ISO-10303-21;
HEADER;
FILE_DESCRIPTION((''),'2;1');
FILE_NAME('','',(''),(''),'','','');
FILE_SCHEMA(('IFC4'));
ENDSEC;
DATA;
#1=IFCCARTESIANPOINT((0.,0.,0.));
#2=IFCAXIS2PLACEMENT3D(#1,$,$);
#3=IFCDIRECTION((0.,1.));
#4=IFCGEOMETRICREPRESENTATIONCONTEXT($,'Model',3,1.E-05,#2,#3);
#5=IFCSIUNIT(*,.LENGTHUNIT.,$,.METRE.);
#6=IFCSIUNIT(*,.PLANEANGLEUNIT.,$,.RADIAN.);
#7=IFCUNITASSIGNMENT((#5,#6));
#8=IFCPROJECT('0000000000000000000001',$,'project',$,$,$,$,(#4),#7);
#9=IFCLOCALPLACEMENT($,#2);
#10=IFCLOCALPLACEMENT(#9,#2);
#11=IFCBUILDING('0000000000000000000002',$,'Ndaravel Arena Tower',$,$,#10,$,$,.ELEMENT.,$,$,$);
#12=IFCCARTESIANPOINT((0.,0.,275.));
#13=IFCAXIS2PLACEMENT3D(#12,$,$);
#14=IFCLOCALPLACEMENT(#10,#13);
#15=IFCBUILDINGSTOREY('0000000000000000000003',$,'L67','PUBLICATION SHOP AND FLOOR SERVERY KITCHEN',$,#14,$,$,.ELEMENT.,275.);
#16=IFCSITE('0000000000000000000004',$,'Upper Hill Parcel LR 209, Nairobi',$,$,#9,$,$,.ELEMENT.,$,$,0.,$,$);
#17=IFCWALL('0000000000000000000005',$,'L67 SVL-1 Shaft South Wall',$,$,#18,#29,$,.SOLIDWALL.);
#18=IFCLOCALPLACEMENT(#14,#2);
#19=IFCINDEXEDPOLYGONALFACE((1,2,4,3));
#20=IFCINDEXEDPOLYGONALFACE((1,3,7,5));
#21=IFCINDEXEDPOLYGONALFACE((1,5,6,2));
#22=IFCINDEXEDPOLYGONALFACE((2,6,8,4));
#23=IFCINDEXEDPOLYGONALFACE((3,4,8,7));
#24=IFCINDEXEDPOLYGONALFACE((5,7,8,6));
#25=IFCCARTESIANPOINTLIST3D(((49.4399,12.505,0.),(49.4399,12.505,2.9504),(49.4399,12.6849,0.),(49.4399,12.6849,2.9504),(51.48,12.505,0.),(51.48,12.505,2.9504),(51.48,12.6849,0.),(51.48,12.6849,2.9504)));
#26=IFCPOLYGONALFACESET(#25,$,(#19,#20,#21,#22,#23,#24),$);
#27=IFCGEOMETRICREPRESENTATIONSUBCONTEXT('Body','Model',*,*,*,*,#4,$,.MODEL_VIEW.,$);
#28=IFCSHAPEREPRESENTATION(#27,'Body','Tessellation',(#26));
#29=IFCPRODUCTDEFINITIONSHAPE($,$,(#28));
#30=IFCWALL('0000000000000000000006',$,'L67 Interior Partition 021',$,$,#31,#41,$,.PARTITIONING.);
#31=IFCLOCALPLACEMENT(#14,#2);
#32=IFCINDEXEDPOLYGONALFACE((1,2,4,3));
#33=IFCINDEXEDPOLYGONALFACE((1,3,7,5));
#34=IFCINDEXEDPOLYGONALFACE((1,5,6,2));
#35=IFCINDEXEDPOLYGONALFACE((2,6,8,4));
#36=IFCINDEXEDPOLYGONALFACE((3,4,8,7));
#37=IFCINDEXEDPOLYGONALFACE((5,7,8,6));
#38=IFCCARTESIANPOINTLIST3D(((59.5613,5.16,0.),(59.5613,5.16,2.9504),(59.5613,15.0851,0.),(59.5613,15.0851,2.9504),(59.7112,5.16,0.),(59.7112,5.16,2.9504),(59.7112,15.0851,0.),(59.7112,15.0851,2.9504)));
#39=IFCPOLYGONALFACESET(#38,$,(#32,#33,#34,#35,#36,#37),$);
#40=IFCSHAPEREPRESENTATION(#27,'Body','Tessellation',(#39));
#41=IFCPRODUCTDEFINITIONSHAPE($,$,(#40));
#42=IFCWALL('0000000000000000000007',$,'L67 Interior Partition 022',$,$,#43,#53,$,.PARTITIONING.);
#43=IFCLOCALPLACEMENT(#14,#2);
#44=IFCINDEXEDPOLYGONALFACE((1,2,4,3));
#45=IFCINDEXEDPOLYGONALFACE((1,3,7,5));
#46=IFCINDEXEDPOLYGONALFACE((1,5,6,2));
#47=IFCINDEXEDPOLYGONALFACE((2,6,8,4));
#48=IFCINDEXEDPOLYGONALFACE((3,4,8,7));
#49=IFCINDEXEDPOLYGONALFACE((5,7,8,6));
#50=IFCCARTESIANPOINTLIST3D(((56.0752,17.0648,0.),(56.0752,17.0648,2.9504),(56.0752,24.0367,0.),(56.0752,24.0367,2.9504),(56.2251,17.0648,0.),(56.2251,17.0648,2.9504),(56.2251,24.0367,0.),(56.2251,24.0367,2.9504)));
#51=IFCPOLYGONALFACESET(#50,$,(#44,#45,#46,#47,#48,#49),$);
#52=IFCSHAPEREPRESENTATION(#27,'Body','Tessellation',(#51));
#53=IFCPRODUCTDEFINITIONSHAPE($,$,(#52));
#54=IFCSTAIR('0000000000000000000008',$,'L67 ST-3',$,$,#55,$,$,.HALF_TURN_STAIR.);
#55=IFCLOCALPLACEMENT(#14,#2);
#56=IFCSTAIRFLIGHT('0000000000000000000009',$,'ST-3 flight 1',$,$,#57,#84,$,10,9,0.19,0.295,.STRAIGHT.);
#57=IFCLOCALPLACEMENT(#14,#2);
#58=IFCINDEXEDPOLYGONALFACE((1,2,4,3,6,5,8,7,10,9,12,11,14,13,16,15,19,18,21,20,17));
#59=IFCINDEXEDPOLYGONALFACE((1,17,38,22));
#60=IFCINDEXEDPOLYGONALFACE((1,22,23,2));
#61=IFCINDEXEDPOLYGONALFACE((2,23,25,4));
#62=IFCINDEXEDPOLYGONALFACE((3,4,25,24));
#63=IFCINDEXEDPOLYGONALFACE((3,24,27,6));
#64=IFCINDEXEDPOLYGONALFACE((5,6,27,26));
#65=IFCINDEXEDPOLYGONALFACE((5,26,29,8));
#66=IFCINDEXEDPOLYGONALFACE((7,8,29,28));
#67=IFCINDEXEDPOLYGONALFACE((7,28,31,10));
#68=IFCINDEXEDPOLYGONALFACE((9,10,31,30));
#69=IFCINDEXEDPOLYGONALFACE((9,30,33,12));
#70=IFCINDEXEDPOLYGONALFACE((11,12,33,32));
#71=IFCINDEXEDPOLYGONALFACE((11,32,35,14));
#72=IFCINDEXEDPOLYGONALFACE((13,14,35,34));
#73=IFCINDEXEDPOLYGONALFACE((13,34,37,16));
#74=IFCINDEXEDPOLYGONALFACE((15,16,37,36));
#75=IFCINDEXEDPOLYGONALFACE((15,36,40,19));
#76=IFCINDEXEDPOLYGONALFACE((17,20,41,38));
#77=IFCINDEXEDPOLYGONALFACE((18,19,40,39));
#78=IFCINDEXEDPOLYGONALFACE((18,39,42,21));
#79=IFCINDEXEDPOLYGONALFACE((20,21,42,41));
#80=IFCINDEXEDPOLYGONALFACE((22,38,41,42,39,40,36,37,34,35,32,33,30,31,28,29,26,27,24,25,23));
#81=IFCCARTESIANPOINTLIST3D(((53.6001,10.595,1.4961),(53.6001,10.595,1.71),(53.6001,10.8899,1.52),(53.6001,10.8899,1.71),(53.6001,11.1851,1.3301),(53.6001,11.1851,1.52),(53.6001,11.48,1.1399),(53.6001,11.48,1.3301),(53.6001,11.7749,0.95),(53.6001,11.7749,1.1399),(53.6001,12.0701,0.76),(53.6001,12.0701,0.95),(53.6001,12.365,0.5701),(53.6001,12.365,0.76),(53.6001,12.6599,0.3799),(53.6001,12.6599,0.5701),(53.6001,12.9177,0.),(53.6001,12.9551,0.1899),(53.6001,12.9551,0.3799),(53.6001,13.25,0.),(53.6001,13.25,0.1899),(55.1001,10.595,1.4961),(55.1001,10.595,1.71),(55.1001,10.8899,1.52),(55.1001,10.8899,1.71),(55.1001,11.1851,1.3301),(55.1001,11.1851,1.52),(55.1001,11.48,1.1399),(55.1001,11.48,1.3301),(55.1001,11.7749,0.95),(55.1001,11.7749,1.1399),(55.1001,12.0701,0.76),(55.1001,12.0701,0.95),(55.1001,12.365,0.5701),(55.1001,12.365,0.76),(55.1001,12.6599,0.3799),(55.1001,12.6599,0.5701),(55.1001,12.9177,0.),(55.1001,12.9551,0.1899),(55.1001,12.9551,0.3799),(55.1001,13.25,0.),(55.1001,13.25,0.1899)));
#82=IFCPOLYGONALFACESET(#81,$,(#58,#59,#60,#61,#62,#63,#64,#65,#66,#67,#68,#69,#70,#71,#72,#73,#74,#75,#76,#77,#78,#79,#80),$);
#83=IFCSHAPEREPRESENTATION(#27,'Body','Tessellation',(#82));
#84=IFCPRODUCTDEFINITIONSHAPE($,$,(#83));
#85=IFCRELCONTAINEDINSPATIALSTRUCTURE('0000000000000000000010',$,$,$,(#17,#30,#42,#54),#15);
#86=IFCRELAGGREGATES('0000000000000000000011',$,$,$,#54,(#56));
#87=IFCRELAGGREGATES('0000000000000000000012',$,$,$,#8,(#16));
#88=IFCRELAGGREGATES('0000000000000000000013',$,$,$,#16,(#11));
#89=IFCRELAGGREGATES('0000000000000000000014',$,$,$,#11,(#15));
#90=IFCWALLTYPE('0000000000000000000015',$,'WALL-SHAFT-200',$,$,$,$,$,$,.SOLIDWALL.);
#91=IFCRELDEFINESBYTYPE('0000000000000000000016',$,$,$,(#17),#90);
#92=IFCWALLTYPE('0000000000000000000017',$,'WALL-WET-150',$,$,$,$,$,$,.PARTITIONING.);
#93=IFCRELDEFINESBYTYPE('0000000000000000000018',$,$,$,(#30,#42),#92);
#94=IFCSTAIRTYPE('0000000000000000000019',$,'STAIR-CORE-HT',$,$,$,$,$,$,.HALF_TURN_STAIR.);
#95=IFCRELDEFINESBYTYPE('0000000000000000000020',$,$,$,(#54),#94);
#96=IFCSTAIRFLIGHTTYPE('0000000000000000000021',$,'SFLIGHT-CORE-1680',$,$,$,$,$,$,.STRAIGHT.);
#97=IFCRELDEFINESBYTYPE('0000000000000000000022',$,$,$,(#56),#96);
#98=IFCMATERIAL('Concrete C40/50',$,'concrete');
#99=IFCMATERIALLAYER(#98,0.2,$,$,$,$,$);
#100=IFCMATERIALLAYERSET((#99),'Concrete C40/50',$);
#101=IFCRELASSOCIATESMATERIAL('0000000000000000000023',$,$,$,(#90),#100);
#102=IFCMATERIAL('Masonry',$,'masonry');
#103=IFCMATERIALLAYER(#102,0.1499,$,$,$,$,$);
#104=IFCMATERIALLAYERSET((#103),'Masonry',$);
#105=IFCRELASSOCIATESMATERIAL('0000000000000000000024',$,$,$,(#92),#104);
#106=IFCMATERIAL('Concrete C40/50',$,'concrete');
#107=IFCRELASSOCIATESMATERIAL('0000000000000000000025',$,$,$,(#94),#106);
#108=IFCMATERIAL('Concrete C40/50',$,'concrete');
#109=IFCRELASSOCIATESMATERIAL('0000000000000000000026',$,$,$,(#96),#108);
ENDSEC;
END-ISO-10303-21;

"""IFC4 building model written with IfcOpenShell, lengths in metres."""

from ifc_helpers import new_model, si_unit, direction, frame, frame_2d, origin, place, context, subcontext, project, spatial, polyline, rectangle, outline, extrude, material, layer, layer_set, type_object, element, aggregate, save


model = new_model("IFC4")

# Units and contexts
model_context = context("Model", 3, precision=1e-05, world=origin(), true_north=direction((0.0, 1.0)))
body_context = subcontext(model_context, "Body", "Model", "MODEL_VIEW")
ifc_project = project(units=[si_unit("LENGTHUNIT", "METRE"), si_unit("PLANEANGLEUNIT", "RADIAN")], contexts=[model_context])

# Site, building, storey
site_placement = place(None, origin())
site = spatial("IfcSite", under=ifc_project, at=site_placement, Name="Upper Hill Parcel LR 209, Nairobi", CompositionType="ELEMENT", RefElevation=0.0)
building_placement = place(site_placement, origin())
building = spatial("IfcBuilding", under=site, at=building_placement, Name="Ndaravel Arena Tower", CompositionType="ELEMENT")
storey_placement = place(building_placement, frame((0.0, 0.0, 275.0)))
storey = spatial("IfcBuildingStorey", under=building, at=storey_placement, Name="L67", Description="PUBLICATION SHOP AND FLOOR SERVERY KITCHEN", CompositionType="ELEMENT", Elevation=275.0)

# Wall
ifc_material_1 = material(Name="Concrete C40/50", Category="concrete")
ifc_layer_1 = layer(ifc_material_1, 0.2)
ifc_layer_set_1 = layer_set([ifc_layer_1], Name="Concrete C40/50")
wall_type_1 = type_object("IfcWallType", Name="WALL-SHAFT-200", PredefinedType="SOLIDWALL", material=ifc_layer_set_1)
wall_1_placement = place(storey_placement, frame((49.4399, 12.595, 0.0), z_axis=(0.0, 0.0, 1.0), x_axis=(1.0, 0.0, 0.0)))
element("IfcWall", 1, at=wall_1_placement, inside=storey, type_object=wall_type_1, Name="L67 SVL-1 Shaft South Wall", PredefinedType="SOLIDWALL", context=body_context, shape_type="SweptSolid", body=[
    extrude(rectangle(XDim=2.04, YDim=0.1799, at=frame_2d((1.02, 0.0))), origin(), (0.0, 0.0, 1.0), 2.9504),
])

# Shared definitions
ifc_material_2 = material(Name="Masonry", Category="masonry")
ifc_layer_2 = layer(ifc_material_2, 0.1499)
ifc_layer_set_2 = layer_set([ifc_layer_2], Name="Masonry")
wall_type_2 = type_object("IfcWallType", Name="WALL-WET-150", PredefinedType="PARTITIONING", material=ifc_layer_set_2)

# Walls
wall_2_placement = place(storey_placement, frame((59.6362, 15.085, 0.0), z_axis=(0.0, 0.0, 1.0), x_axis=(0.0, -1.0, 0.0)))
element("IfcWall", 2, at=wall_2_placement, inside=storey, type_object=wall_type_2, Name="L67 Interior Partition 021", PredefinedType="PARTITIONING", context=body_context, shape_type="SweptSolid", body=[
    extrude(rectangle(XDim=9.925, YDim=0.1499, at=frame_2d((4.9624, 0.0))), origin(), (0.0, 0.0, 1.0), 2.9504),
])
wall_3_placement = place(storey_placement, frame((56.1501, 17.0649, 0.0), z_axis=(0.0, 0.0, 1.0), x_axis=(0.0, 1.0, 0.0)))
element("IfcWall", 3, at=wall_3_placement, inside=storey, type_object=wall_type_2, Name="L67 Interior Partition 022", PredefinedType="PARTITIONING", context=body_context, shape_type="SweptSolid", body=[
    extrude(rectangle(XDim=6.9719, YDim=0.1499, at=frame_2d((3.4858, 0.0))), origin(), (0.0, 0.0, 1.0), 2.9504),
])

# Stair, stair flight
ifc_material_3 = material(Name="Concrete C40/50", Category="concrete")
stair_type = type_object("IfcStairType", Name="STAIR-CORE-HT", PredefinedType="HALF_TURN_STAIR", material=ifc_material_3)
stair_placement = place(storey_placement, origin())
stair = element("IfcStair", 4, at=stair_placement, inside=storey, type_object=stair_type, Name="L67 ST-3", PredefinedType="HALF_TURN_STAIR")
ifc_material_4 = material(Name="Concrete C40/50", Category="concrete")
stair_flight_type = type_object("IfcStairFlightType", Name="SFLIGHT-CORE-1680", PredefinedType="STRAIGHT", material=ifc_material_4)
stair_flight_placement = place(storey_placement, frame((54.3501, 13.25, 0.0), z_axis=(0.0, 0.0, 1.0), x_axis=(0.0, -1.0, 0.0)))
stair_flight = element("IfcStairFlight", 5, at=stair_flight_placement, type_object=stair_flight_type, Name="ST-3 flight 1", NumberOfRisers=10, NumberOfTreads=9, PredefinedType="STRAIGHT", RiserHeight=0.19, TreadLength=0.295, context=body_context, shape_type="SweptSolid", body=[
    extrude(outline(polyline([(0.0, 0.0), (0.0, 0.1899), (0.2949, 0.1899), (0.2949, 0.3799), (0.5901, 0.3799), (0.5901, 0.5701), (0.885, 0.5701), (0.885, 0.76), (1.1799, 0.76), (1.1799, 0.95), (1.4751, 0.95), (1.4751, 1.1399), (1.77, 1.1399), (1.77, 1.3301), (2.0649, 1.3301), (2.0649, 1.52), (2.3601, 1.52), (2.3601, 1.71), (2.655, 1.71), (2.655, 1.8999), (2.655, 1.4961), (0.3323, 0.0), (0.0, 0.0)])), frame((0.0, 0.75, 0.0), z_axis=(0.0, -1.0, 0.0), x_axis=(1.0, 0.0, 0.0)), (0.0, 0.0, 1.0), 1.5),
])
aggregate(stair, [stair_flight])

save(model, "model.ifc")
